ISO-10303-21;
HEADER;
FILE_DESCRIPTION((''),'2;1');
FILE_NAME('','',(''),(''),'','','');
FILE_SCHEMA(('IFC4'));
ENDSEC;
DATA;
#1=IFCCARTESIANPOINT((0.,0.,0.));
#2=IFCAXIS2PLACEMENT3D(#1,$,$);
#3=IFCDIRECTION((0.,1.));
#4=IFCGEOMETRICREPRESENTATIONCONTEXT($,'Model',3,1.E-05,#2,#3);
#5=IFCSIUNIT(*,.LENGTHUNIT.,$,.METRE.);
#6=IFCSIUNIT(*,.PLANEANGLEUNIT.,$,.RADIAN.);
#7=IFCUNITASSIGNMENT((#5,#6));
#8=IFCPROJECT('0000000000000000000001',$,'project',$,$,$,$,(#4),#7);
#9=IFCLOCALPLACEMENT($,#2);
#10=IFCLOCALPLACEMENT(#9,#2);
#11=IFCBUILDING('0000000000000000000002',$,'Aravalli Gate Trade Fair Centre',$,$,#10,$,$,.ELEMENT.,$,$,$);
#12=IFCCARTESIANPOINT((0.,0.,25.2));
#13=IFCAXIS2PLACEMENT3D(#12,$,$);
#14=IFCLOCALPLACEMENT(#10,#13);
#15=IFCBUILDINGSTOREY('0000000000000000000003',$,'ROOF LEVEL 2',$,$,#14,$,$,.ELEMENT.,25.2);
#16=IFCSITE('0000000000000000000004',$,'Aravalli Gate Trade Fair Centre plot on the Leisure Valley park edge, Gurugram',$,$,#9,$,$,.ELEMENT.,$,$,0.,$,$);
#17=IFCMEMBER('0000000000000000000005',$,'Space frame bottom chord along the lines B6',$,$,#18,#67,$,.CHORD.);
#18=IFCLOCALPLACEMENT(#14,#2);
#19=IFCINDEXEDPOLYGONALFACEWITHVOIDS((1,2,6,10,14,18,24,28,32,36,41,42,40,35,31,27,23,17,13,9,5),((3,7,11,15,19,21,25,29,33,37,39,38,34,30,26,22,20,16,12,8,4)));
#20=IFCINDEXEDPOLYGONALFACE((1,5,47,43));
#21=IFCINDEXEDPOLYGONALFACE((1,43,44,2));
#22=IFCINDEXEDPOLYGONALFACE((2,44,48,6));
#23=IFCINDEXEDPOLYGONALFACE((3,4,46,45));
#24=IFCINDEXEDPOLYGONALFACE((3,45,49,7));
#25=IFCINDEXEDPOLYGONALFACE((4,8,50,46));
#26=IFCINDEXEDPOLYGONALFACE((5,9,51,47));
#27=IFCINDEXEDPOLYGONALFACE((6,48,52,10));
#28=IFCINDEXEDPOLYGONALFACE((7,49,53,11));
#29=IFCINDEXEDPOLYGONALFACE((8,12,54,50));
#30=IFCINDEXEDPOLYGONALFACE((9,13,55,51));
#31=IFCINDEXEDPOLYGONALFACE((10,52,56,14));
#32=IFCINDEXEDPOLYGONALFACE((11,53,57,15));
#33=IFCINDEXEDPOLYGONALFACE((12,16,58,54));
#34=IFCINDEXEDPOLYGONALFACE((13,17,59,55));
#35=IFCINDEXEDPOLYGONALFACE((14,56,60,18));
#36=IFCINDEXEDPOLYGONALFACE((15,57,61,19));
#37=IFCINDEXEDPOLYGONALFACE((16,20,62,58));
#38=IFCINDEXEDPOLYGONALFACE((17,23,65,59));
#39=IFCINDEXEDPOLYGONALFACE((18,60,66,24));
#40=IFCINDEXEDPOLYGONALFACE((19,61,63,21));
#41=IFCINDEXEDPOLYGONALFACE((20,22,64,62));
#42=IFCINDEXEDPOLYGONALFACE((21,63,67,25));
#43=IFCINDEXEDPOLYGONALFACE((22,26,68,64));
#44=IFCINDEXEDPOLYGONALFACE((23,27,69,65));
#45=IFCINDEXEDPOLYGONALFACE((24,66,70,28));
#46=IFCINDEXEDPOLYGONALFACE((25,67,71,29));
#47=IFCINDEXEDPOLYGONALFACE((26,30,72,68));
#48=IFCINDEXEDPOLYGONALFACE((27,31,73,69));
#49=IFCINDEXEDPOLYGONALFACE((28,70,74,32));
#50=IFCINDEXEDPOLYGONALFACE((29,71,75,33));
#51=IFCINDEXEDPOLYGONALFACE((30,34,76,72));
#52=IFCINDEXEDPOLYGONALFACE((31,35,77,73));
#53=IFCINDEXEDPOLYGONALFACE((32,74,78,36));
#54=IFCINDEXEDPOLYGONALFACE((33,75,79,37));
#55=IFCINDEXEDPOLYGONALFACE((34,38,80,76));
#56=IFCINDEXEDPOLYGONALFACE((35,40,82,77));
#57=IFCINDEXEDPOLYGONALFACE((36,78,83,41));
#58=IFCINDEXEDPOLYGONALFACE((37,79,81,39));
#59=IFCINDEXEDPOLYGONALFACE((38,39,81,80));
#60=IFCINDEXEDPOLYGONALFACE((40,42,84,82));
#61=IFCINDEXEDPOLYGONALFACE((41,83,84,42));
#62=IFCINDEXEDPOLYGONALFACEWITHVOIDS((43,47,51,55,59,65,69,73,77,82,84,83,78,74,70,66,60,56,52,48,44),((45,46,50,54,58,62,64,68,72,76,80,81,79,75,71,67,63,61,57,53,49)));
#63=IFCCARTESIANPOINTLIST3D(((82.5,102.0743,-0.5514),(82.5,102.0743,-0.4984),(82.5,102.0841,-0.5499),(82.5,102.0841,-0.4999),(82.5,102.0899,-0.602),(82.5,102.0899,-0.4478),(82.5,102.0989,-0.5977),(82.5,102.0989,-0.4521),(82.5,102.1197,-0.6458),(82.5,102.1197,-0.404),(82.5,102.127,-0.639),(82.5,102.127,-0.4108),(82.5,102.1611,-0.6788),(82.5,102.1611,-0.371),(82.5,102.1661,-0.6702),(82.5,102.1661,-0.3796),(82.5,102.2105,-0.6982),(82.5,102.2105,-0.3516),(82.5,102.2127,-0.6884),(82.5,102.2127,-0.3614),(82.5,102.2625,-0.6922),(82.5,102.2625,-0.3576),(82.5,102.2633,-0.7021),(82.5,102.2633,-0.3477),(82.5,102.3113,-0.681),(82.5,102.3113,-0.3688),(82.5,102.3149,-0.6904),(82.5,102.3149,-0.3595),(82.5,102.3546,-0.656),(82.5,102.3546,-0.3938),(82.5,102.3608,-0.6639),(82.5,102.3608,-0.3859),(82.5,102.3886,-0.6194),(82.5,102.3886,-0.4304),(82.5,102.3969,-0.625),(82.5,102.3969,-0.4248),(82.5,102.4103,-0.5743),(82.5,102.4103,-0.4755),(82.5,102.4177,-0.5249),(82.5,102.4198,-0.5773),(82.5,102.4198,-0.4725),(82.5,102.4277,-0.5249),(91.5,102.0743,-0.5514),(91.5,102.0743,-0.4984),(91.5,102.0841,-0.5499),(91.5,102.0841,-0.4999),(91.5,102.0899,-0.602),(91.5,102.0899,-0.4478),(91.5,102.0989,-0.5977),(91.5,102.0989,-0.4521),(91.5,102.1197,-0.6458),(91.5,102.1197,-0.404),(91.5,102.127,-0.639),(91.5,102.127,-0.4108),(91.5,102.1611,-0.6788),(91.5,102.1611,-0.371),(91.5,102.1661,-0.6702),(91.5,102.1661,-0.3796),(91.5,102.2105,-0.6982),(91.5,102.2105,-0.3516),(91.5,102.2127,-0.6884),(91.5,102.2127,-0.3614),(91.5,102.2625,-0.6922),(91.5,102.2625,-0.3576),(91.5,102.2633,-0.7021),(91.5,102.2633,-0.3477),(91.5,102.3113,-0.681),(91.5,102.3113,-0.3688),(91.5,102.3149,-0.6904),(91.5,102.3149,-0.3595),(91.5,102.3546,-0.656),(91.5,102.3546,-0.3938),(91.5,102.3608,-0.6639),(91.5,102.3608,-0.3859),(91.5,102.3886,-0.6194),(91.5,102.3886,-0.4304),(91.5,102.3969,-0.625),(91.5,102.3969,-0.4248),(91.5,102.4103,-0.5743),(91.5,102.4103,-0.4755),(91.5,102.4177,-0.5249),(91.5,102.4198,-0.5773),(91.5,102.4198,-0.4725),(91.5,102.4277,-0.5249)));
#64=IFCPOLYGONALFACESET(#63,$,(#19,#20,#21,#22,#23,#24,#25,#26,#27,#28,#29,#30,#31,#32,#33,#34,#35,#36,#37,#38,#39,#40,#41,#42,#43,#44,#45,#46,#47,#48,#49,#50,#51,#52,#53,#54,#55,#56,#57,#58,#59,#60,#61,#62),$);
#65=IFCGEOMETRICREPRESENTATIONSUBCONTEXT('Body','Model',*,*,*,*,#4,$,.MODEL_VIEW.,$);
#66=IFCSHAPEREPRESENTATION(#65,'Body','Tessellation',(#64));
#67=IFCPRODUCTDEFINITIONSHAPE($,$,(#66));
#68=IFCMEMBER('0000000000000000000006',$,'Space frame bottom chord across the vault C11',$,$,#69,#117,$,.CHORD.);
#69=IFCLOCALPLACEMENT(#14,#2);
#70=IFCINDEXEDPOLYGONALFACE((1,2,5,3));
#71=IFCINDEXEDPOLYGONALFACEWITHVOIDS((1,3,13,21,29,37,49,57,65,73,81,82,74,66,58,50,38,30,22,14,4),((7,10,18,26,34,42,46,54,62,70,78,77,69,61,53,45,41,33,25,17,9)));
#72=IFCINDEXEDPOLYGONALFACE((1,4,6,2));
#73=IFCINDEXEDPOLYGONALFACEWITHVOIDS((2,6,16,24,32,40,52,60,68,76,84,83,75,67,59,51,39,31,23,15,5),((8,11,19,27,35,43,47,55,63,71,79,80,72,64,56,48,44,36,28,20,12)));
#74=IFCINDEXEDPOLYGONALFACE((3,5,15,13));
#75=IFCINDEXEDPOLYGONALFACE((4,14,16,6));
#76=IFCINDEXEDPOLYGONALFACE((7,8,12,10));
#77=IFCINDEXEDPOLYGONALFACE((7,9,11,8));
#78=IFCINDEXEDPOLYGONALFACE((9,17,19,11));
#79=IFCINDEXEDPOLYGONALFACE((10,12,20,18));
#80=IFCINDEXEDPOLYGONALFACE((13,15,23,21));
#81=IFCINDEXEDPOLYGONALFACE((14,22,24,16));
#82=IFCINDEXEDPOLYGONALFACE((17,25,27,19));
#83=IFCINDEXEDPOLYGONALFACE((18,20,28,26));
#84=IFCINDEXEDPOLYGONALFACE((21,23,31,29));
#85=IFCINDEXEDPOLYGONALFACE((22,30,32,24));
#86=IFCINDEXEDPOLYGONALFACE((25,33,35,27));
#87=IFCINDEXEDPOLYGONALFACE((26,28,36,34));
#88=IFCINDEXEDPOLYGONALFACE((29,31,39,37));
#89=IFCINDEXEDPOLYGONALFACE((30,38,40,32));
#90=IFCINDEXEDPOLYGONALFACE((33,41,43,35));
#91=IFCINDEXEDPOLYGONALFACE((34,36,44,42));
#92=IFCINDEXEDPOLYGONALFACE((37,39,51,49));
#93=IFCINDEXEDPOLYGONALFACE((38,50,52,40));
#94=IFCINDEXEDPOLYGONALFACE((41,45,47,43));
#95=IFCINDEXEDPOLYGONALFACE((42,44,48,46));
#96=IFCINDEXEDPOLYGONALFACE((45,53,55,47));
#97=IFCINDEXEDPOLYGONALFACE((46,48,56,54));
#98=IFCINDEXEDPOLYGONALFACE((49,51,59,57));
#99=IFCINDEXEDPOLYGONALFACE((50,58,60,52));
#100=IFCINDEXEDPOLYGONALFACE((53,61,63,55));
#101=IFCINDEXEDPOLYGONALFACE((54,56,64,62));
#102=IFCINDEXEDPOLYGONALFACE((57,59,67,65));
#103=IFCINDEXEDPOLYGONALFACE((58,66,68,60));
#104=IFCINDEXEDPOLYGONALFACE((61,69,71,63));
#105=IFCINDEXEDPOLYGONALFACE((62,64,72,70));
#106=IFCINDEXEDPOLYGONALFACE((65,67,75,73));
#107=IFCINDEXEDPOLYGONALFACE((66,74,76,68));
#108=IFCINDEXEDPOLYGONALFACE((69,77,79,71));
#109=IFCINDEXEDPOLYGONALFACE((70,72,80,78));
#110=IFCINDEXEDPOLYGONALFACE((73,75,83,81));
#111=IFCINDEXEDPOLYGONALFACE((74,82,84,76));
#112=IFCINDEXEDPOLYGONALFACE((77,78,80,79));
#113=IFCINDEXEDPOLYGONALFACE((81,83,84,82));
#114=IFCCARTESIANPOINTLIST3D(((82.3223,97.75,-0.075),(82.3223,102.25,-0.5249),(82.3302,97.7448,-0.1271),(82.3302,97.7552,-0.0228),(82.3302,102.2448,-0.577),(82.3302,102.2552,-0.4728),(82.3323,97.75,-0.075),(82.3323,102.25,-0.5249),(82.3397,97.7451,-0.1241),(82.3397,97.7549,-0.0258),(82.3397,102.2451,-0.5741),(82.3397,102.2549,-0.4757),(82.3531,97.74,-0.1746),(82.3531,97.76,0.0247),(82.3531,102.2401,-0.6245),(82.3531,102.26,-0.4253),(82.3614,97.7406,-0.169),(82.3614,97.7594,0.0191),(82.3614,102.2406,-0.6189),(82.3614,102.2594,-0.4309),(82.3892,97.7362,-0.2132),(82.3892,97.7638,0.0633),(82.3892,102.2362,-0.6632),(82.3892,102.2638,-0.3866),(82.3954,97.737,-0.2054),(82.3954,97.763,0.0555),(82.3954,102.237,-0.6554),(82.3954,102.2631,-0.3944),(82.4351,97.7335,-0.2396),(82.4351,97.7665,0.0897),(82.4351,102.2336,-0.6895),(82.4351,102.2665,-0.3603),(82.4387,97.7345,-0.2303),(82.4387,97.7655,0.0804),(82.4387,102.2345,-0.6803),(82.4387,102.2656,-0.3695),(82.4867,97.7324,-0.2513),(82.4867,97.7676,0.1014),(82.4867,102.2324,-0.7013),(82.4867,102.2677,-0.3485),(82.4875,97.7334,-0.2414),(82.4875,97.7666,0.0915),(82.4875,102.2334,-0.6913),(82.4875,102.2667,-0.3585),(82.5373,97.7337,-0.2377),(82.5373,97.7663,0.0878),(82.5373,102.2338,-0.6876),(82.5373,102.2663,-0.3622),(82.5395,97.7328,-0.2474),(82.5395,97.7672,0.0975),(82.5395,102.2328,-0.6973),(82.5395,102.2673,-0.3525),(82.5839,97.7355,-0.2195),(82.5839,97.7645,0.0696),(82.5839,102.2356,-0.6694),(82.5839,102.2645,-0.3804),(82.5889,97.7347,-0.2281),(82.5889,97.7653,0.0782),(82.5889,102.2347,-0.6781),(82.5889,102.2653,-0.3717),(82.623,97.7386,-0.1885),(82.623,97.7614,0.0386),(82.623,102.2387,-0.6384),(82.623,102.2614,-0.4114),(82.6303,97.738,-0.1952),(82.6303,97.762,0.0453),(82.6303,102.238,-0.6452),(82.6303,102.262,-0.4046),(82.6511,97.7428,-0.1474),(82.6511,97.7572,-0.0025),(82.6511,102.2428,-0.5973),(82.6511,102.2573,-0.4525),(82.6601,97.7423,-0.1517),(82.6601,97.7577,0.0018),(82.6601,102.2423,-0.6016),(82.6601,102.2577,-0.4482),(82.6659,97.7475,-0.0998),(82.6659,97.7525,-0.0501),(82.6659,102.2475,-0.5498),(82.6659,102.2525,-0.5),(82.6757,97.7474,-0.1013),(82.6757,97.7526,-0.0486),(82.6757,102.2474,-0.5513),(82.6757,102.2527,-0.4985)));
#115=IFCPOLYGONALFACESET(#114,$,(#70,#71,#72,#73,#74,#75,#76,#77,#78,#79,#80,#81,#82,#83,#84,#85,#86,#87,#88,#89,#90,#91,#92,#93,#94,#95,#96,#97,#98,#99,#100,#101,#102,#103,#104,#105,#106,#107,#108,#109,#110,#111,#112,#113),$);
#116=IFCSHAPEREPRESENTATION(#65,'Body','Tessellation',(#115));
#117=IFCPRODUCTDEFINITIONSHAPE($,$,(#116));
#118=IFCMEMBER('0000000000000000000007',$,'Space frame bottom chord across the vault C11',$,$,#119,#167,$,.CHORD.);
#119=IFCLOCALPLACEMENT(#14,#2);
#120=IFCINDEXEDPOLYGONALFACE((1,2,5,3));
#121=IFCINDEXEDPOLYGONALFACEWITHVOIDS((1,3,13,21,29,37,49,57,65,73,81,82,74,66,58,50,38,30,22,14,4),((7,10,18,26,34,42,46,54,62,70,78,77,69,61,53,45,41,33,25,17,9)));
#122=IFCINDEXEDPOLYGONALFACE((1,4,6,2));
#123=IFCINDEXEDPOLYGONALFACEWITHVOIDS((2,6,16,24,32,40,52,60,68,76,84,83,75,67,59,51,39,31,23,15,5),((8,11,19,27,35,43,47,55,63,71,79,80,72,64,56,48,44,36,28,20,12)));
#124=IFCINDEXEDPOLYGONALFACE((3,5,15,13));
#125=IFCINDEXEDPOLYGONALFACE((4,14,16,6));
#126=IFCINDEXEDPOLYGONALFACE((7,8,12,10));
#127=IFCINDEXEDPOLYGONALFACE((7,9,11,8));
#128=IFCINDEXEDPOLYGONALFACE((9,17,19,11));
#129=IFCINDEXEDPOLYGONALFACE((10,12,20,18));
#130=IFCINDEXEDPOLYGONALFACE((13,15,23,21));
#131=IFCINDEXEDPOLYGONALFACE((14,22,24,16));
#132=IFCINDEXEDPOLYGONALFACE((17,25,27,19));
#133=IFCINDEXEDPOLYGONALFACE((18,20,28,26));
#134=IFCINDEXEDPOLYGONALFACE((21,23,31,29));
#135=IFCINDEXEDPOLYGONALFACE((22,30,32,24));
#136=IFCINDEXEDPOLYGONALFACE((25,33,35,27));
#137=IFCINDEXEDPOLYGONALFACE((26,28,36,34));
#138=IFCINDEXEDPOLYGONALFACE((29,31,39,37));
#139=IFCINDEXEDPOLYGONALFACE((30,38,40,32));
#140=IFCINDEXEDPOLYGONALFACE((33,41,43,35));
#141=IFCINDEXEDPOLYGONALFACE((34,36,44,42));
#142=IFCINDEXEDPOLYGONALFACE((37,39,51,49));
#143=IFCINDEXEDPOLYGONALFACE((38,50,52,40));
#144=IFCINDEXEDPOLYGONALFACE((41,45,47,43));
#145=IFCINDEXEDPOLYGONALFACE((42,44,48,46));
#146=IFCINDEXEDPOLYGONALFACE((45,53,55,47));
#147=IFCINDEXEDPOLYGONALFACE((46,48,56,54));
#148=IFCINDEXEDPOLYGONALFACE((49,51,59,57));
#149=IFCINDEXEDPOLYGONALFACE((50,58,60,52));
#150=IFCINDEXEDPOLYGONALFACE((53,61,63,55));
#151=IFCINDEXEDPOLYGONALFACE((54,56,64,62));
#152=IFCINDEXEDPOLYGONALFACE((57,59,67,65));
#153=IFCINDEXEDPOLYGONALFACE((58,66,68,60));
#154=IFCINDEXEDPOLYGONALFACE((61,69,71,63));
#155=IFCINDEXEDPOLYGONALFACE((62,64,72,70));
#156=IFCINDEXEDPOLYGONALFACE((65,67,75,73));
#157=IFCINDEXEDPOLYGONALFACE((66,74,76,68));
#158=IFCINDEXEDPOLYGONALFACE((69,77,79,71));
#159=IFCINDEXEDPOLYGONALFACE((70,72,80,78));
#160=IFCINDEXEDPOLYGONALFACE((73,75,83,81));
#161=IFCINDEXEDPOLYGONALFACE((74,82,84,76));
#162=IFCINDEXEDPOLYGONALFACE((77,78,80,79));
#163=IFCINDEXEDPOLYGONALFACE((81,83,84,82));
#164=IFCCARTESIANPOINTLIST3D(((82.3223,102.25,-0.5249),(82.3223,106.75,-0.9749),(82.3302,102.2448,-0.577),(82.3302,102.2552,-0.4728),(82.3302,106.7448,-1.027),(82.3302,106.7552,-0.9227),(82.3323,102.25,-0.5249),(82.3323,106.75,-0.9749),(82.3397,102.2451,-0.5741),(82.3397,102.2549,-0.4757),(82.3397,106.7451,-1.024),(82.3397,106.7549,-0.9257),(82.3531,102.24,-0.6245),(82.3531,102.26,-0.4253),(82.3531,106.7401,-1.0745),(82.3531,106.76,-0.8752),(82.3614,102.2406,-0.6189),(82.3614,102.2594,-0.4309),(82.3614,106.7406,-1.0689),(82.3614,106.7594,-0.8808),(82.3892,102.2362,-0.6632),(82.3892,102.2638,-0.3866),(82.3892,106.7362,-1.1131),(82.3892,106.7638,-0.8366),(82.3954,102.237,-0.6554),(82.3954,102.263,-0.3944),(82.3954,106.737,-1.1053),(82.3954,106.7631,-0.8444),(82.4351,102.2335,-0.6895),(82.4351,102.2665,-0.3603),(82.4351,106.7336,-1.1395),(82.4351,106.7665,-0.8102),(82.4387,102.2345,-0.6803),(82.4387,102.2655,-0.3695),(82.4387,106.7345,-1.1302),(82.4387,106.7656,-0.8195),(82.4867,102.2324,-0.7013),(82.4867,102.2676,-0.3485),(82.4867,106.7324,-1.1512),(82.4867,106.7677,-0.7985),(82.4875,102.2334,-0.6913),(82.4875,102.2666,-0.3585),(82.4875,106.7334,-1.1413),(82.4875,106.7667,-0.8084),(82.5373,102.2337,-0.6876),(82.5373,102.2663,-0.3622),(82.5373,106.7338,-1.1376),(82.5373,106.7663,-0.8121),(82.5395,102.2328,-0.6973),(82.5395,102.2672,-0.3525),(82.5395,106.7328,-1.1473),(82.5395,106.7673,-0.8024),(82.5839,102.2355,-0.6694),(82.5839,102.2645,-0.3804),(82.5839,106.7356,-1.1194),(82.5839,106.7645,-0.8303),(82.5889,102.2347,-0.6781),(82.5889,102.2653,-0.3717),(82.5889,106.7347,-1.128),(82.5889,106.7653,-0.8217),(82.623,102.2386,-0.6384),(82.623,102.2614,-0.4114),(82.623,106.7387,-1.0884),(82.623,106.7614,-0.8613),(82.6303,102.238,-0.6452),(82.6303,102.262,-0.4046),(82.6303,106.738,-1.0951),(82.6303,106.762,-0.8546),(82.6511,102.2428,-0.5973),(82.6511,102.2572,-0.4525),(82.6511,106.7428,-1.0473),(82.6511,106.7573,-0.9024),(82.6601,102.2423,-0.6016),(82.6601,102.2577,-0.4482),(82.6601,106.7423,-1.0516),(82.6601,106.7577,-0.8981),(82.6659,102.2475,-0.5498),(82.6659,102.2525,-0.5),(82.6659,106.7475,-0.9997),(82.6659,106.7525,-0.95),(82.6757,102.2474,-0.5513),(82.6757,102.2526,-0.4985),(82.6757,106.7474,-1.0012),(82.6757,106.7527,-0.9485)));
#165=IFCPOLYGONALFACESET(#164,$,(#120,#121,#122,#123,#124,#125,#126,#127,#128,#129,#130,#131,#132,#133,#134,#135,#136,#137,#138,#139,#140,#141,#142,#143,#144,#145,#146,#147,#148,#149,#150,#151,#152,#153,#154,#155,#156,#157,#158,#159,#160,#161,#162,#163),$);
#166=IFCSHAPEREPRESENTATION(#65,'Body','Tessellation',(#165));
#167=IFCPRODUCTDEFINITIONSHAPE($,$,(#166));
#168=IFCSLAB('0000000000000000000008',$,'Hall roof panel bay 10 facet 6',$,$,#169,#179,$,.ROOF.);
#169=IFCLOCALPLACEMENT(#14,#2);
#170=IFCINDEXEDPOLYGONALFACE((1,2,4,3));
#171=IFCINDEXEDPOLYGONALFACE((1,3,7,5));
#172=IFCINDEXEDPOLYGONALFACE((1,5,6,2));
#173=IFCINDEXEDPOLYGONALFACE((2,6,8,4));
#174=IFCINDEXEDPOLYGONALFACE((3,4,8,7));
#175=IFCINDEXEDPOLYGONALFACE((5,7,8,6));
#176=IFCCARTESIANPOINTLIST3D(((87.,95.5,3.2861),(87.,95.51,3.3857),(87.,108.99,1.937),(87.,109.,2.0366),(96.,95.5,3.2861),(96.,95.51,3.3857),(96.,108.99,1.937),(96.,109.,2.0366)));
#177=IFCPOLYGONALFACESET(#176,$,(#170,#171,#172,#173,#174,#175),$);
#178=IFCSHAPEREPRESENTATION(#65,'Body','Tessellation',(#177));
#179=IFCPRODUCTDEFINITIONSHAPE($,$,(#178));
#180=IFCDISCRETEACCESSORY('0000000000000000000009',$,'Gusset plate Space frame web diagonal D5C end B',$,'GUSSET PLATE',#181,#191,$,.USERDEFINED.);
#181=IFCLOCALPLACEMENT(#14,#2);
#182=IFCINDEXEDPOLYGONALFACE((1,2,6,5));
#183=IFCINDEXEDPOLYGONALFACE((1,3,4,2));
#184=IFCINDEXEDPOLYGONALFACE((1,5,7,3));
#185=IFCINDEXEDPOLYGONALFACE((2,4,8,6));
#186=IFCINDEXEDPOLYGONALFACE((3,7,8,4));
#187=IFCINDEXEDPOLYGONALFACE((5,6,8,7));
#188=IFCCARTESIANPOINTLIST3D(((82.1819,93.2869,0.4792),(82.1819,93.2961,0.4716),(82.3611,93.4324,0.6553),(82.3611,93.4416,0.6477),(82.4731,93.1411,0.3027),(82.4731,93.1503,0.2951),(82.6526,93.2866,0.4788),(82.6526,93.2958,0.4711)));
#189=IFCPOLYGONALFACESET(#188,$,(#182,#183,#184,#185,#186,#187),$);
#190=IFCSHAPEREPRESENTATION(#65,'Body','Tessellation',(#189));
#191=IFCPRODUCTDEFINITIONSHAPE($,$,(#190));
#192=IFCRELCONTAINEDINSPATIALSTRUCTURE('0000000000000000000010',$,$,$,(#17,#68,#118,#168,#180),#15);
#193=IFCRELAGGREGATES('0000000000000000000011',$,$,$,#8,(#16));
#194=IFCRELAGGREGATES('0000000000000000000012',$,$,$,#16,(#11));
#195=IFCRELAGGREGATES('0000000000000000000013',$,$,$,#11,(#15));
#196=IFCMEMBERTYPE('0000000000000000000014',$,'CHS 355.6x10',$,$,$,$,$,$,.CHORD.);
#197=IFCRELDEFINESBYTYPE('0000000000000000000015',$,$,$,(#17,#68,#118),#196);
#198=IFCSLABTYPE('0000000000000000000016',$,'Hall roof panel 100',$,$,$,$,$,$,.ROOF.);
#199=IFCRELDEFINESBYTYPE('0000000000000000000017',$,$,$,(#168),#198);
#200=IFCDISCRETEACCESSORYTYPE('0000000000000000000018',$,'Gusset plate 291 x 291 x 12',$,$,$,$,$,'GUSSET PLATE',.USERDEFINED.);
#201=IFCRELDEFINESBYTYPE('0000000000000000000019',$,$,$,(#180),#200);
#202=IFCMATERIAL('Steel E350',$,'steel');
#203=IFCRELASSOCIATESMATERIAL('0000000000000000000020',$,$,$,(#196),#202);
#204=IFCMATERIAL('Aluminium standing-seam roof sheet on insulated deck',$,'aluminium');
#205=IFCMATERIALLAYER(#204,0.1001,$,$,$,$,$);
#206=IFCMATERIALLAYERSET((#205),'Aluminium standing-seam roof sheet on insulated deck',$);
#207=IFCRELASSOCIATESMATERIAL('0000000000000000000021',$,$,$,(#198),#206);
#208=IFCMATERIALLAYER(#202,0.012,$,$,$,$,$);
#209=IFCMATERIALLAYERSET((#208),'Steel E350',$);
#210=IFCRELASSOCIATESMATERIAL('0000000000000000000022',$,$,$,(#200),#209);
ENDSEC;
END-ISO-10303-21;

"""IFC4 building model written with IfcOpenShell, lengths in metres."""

from ifc_helpers import new_model, si_unit, direction, frame, origin, origin_2d, place, context, subcontext, project, spatial, polyline, hollow_circle, outline, extrude, material, layer, layer_set, material_profile, profile_set, type_object, element, save


model = new_model("IFC4")

# Units and contexts
model_context = context("Model", 3, precision=1e-05, world=origin(), true_north=direction((0.0, 1.0)))
body_context = subcontext(model_context, "Body", "Model", "MODEL_VIEW")
ifc_project = project(units=[si_unit("LENGTHUNIT", "METRE"), si_unit("PLANEANGLEUNIT", "RADIAN")], contexts=[model_context])

# Site, building, storey
site_placement = place(None, origin())
site = spatial("IfcSite", under=ifc_project, at=site_placement, Name="Aravalli Gate Trade Fair Centre plot on the Leisure Valley park edge, Gurugram", CompositionType="ELEMENT", RefElevation=0.0)
building_placement = place(site_placement, origin())
building = spatial("IfcBuilding", under=site, at=building_placement, Name="Aravalli Gate Trade Fair Centre", CompositionType="ELEMENT")
storey_placement = place(building_placement, frame((0.0, 0.0, 25.2)))
storey = spatial("IfcBuildingStorey", under=building, at=storey_placement, Name="ROOF LEVEL 2", CompositionType="ELEMENT", Elevation=25.2)

# Members
ifc_material_1 = material(Name="Steel E350", Category="steel")
ifc_material_profile_1 = material_profile(ifc_material_1, hollow_circle(Radius=0.1777, WallThickness=0.01, at=origin_2d()), Name="CHS 355.6x10")
ifc_profile_set_1 = profile_set([ifc_material_profile_1], Name="Steel E350")
member_type_1 = type_object("IfcMemberType", Name="CHS 355.6x10", PredefinedType="CHORD", material=ifc_profile_set_1)
for number, where, z_axis, x_axis, name in (
    (1, (82.5, 102.25, -0.5249), (1.0, 0.0, 0.0), (0.0, 1.0, 0.0), "Space frame bottom chord along the lines B6"),
):
    element("IfcMember", number, at=place(storey_placement, frame(where, z_axis=z_axis, x_axis=x_axis)), inside=storey, type_object=member_type_1, Name=name, PredefinedType="CHORD", context=body_context, shape_type="SweptSolid", body=[
        extrude(hollow_circle(Radius=0.1777, WallThickness=0.01, at=origin_2d()), origin(), (0.0, 0.0, 1.0), 9.0),
    ])
for number, where, z_axis, x_axis, name in (
    (2, (82.5, 97.75, -0.075), (0.0, 0.995038, -0.099493), (-1.0, 0.0, 0.0), "Space frame bottom chord across the vault C11"),
    (3, (82.5, 102.25, -0.5249), (0.0, 0.995038, -0.099493), (-1.0, 0.0, 0.0), "Space frame bottom chord across the vault C11"),
):
    element("IfcMember", number, at=place(storey_placement, frame(where, z_axis=z_axis, x_axis=x_axis)), inside=storey, type_object=member_type_1, Name=name, PredefinedType="CHORD", context=body_context, shape_type="SweptSolid", body=[
        extrude(hollow_circle(Radius=0.1777, WallThickness=0.01, at=origin_2d()), origin(), (0.0, 0.0, 1.0), 4.5225),
    ])

# Slab
ifc_material_2 = material(Name="Aluminium standing-seam roof sheet on insulated deck", Category="aluminium")
ifc_layer_1 = layer(ifc_material_2, 0.1001)
ifc_layer_set_1 = layer_set([ifc_layer_1], Name="Aluminium standing-seam roof sheet on insulated deck")
slab_type = type_object("IfcSlabType", Name="Hall roof panel 100", PredefinedType="ROOF", material=ifc_layer_set_1)
slab_placement = place(storey_placement, frame((87.0, 95.51, 3.3857), z_axis=(0.0, 0.099513, 0.995036), x_axis=(1.0, 0.0, 0.0)))
element("IfcSlab", 4, at=slab_placement, inside=storey, type_object=slab_type, Name="Hall roof panel bay 10 facet 6", PredefinedType="ROOF", context=body_context, shape_type="SweptSolid", body=[
    extrude(outline(polyline([(0.0, 0.0), (9.0, 0.0), (9.0, 13.5573), (0.0, 13.5573), (0.0, 0.0)])), origin(), (0.0, 0.0, -1.0), 0.1001),
])

# Discrete accessory
ifc_layer_2 = layer(ifc_material_1, 0.012)
ifc_layer_set_2 = layer_set([ifc_layer_2], Name="Steel E350")
discrete_accessory_type_1 = type_object("IfcDiscreteAccessoryType", Name="Gusset plate 291 x 291 x 12", ElementType="GUSSET PLATE", PredefinedType="USERDEFINED", material=ifc_layer_set_2)
discrete_accessory_1_placement = place(storey_placement, frame((82.1819, 93.2869, 0.4792), z_axis=(0.000261, -0.770887, 0.636972), x_axis=(0.786233, -0.393446, -0.476485)))
element("IfcDiscreteAccessory", 5, at=discrete_accessory_1_placement, inside=storey, type_object=discrete_accessory_type_1, Name="Gusset plate Space frame web diagonal D5C end B", ObjectType="GUSSET PLATE", PredefinedType="USERDEFINED", context=body_context, shape_type="SweptSolid", body=[
    extrude(outline(polyline([(0.0, 0.0), (0.3704, 0.0), (0.3704, 0.2904), (-0.0002, 0.2903), (0.0, 0.0)])), origin(), (0.0, 0.0, -1.0), 0.012),
])

save(model, "model.ifc")
